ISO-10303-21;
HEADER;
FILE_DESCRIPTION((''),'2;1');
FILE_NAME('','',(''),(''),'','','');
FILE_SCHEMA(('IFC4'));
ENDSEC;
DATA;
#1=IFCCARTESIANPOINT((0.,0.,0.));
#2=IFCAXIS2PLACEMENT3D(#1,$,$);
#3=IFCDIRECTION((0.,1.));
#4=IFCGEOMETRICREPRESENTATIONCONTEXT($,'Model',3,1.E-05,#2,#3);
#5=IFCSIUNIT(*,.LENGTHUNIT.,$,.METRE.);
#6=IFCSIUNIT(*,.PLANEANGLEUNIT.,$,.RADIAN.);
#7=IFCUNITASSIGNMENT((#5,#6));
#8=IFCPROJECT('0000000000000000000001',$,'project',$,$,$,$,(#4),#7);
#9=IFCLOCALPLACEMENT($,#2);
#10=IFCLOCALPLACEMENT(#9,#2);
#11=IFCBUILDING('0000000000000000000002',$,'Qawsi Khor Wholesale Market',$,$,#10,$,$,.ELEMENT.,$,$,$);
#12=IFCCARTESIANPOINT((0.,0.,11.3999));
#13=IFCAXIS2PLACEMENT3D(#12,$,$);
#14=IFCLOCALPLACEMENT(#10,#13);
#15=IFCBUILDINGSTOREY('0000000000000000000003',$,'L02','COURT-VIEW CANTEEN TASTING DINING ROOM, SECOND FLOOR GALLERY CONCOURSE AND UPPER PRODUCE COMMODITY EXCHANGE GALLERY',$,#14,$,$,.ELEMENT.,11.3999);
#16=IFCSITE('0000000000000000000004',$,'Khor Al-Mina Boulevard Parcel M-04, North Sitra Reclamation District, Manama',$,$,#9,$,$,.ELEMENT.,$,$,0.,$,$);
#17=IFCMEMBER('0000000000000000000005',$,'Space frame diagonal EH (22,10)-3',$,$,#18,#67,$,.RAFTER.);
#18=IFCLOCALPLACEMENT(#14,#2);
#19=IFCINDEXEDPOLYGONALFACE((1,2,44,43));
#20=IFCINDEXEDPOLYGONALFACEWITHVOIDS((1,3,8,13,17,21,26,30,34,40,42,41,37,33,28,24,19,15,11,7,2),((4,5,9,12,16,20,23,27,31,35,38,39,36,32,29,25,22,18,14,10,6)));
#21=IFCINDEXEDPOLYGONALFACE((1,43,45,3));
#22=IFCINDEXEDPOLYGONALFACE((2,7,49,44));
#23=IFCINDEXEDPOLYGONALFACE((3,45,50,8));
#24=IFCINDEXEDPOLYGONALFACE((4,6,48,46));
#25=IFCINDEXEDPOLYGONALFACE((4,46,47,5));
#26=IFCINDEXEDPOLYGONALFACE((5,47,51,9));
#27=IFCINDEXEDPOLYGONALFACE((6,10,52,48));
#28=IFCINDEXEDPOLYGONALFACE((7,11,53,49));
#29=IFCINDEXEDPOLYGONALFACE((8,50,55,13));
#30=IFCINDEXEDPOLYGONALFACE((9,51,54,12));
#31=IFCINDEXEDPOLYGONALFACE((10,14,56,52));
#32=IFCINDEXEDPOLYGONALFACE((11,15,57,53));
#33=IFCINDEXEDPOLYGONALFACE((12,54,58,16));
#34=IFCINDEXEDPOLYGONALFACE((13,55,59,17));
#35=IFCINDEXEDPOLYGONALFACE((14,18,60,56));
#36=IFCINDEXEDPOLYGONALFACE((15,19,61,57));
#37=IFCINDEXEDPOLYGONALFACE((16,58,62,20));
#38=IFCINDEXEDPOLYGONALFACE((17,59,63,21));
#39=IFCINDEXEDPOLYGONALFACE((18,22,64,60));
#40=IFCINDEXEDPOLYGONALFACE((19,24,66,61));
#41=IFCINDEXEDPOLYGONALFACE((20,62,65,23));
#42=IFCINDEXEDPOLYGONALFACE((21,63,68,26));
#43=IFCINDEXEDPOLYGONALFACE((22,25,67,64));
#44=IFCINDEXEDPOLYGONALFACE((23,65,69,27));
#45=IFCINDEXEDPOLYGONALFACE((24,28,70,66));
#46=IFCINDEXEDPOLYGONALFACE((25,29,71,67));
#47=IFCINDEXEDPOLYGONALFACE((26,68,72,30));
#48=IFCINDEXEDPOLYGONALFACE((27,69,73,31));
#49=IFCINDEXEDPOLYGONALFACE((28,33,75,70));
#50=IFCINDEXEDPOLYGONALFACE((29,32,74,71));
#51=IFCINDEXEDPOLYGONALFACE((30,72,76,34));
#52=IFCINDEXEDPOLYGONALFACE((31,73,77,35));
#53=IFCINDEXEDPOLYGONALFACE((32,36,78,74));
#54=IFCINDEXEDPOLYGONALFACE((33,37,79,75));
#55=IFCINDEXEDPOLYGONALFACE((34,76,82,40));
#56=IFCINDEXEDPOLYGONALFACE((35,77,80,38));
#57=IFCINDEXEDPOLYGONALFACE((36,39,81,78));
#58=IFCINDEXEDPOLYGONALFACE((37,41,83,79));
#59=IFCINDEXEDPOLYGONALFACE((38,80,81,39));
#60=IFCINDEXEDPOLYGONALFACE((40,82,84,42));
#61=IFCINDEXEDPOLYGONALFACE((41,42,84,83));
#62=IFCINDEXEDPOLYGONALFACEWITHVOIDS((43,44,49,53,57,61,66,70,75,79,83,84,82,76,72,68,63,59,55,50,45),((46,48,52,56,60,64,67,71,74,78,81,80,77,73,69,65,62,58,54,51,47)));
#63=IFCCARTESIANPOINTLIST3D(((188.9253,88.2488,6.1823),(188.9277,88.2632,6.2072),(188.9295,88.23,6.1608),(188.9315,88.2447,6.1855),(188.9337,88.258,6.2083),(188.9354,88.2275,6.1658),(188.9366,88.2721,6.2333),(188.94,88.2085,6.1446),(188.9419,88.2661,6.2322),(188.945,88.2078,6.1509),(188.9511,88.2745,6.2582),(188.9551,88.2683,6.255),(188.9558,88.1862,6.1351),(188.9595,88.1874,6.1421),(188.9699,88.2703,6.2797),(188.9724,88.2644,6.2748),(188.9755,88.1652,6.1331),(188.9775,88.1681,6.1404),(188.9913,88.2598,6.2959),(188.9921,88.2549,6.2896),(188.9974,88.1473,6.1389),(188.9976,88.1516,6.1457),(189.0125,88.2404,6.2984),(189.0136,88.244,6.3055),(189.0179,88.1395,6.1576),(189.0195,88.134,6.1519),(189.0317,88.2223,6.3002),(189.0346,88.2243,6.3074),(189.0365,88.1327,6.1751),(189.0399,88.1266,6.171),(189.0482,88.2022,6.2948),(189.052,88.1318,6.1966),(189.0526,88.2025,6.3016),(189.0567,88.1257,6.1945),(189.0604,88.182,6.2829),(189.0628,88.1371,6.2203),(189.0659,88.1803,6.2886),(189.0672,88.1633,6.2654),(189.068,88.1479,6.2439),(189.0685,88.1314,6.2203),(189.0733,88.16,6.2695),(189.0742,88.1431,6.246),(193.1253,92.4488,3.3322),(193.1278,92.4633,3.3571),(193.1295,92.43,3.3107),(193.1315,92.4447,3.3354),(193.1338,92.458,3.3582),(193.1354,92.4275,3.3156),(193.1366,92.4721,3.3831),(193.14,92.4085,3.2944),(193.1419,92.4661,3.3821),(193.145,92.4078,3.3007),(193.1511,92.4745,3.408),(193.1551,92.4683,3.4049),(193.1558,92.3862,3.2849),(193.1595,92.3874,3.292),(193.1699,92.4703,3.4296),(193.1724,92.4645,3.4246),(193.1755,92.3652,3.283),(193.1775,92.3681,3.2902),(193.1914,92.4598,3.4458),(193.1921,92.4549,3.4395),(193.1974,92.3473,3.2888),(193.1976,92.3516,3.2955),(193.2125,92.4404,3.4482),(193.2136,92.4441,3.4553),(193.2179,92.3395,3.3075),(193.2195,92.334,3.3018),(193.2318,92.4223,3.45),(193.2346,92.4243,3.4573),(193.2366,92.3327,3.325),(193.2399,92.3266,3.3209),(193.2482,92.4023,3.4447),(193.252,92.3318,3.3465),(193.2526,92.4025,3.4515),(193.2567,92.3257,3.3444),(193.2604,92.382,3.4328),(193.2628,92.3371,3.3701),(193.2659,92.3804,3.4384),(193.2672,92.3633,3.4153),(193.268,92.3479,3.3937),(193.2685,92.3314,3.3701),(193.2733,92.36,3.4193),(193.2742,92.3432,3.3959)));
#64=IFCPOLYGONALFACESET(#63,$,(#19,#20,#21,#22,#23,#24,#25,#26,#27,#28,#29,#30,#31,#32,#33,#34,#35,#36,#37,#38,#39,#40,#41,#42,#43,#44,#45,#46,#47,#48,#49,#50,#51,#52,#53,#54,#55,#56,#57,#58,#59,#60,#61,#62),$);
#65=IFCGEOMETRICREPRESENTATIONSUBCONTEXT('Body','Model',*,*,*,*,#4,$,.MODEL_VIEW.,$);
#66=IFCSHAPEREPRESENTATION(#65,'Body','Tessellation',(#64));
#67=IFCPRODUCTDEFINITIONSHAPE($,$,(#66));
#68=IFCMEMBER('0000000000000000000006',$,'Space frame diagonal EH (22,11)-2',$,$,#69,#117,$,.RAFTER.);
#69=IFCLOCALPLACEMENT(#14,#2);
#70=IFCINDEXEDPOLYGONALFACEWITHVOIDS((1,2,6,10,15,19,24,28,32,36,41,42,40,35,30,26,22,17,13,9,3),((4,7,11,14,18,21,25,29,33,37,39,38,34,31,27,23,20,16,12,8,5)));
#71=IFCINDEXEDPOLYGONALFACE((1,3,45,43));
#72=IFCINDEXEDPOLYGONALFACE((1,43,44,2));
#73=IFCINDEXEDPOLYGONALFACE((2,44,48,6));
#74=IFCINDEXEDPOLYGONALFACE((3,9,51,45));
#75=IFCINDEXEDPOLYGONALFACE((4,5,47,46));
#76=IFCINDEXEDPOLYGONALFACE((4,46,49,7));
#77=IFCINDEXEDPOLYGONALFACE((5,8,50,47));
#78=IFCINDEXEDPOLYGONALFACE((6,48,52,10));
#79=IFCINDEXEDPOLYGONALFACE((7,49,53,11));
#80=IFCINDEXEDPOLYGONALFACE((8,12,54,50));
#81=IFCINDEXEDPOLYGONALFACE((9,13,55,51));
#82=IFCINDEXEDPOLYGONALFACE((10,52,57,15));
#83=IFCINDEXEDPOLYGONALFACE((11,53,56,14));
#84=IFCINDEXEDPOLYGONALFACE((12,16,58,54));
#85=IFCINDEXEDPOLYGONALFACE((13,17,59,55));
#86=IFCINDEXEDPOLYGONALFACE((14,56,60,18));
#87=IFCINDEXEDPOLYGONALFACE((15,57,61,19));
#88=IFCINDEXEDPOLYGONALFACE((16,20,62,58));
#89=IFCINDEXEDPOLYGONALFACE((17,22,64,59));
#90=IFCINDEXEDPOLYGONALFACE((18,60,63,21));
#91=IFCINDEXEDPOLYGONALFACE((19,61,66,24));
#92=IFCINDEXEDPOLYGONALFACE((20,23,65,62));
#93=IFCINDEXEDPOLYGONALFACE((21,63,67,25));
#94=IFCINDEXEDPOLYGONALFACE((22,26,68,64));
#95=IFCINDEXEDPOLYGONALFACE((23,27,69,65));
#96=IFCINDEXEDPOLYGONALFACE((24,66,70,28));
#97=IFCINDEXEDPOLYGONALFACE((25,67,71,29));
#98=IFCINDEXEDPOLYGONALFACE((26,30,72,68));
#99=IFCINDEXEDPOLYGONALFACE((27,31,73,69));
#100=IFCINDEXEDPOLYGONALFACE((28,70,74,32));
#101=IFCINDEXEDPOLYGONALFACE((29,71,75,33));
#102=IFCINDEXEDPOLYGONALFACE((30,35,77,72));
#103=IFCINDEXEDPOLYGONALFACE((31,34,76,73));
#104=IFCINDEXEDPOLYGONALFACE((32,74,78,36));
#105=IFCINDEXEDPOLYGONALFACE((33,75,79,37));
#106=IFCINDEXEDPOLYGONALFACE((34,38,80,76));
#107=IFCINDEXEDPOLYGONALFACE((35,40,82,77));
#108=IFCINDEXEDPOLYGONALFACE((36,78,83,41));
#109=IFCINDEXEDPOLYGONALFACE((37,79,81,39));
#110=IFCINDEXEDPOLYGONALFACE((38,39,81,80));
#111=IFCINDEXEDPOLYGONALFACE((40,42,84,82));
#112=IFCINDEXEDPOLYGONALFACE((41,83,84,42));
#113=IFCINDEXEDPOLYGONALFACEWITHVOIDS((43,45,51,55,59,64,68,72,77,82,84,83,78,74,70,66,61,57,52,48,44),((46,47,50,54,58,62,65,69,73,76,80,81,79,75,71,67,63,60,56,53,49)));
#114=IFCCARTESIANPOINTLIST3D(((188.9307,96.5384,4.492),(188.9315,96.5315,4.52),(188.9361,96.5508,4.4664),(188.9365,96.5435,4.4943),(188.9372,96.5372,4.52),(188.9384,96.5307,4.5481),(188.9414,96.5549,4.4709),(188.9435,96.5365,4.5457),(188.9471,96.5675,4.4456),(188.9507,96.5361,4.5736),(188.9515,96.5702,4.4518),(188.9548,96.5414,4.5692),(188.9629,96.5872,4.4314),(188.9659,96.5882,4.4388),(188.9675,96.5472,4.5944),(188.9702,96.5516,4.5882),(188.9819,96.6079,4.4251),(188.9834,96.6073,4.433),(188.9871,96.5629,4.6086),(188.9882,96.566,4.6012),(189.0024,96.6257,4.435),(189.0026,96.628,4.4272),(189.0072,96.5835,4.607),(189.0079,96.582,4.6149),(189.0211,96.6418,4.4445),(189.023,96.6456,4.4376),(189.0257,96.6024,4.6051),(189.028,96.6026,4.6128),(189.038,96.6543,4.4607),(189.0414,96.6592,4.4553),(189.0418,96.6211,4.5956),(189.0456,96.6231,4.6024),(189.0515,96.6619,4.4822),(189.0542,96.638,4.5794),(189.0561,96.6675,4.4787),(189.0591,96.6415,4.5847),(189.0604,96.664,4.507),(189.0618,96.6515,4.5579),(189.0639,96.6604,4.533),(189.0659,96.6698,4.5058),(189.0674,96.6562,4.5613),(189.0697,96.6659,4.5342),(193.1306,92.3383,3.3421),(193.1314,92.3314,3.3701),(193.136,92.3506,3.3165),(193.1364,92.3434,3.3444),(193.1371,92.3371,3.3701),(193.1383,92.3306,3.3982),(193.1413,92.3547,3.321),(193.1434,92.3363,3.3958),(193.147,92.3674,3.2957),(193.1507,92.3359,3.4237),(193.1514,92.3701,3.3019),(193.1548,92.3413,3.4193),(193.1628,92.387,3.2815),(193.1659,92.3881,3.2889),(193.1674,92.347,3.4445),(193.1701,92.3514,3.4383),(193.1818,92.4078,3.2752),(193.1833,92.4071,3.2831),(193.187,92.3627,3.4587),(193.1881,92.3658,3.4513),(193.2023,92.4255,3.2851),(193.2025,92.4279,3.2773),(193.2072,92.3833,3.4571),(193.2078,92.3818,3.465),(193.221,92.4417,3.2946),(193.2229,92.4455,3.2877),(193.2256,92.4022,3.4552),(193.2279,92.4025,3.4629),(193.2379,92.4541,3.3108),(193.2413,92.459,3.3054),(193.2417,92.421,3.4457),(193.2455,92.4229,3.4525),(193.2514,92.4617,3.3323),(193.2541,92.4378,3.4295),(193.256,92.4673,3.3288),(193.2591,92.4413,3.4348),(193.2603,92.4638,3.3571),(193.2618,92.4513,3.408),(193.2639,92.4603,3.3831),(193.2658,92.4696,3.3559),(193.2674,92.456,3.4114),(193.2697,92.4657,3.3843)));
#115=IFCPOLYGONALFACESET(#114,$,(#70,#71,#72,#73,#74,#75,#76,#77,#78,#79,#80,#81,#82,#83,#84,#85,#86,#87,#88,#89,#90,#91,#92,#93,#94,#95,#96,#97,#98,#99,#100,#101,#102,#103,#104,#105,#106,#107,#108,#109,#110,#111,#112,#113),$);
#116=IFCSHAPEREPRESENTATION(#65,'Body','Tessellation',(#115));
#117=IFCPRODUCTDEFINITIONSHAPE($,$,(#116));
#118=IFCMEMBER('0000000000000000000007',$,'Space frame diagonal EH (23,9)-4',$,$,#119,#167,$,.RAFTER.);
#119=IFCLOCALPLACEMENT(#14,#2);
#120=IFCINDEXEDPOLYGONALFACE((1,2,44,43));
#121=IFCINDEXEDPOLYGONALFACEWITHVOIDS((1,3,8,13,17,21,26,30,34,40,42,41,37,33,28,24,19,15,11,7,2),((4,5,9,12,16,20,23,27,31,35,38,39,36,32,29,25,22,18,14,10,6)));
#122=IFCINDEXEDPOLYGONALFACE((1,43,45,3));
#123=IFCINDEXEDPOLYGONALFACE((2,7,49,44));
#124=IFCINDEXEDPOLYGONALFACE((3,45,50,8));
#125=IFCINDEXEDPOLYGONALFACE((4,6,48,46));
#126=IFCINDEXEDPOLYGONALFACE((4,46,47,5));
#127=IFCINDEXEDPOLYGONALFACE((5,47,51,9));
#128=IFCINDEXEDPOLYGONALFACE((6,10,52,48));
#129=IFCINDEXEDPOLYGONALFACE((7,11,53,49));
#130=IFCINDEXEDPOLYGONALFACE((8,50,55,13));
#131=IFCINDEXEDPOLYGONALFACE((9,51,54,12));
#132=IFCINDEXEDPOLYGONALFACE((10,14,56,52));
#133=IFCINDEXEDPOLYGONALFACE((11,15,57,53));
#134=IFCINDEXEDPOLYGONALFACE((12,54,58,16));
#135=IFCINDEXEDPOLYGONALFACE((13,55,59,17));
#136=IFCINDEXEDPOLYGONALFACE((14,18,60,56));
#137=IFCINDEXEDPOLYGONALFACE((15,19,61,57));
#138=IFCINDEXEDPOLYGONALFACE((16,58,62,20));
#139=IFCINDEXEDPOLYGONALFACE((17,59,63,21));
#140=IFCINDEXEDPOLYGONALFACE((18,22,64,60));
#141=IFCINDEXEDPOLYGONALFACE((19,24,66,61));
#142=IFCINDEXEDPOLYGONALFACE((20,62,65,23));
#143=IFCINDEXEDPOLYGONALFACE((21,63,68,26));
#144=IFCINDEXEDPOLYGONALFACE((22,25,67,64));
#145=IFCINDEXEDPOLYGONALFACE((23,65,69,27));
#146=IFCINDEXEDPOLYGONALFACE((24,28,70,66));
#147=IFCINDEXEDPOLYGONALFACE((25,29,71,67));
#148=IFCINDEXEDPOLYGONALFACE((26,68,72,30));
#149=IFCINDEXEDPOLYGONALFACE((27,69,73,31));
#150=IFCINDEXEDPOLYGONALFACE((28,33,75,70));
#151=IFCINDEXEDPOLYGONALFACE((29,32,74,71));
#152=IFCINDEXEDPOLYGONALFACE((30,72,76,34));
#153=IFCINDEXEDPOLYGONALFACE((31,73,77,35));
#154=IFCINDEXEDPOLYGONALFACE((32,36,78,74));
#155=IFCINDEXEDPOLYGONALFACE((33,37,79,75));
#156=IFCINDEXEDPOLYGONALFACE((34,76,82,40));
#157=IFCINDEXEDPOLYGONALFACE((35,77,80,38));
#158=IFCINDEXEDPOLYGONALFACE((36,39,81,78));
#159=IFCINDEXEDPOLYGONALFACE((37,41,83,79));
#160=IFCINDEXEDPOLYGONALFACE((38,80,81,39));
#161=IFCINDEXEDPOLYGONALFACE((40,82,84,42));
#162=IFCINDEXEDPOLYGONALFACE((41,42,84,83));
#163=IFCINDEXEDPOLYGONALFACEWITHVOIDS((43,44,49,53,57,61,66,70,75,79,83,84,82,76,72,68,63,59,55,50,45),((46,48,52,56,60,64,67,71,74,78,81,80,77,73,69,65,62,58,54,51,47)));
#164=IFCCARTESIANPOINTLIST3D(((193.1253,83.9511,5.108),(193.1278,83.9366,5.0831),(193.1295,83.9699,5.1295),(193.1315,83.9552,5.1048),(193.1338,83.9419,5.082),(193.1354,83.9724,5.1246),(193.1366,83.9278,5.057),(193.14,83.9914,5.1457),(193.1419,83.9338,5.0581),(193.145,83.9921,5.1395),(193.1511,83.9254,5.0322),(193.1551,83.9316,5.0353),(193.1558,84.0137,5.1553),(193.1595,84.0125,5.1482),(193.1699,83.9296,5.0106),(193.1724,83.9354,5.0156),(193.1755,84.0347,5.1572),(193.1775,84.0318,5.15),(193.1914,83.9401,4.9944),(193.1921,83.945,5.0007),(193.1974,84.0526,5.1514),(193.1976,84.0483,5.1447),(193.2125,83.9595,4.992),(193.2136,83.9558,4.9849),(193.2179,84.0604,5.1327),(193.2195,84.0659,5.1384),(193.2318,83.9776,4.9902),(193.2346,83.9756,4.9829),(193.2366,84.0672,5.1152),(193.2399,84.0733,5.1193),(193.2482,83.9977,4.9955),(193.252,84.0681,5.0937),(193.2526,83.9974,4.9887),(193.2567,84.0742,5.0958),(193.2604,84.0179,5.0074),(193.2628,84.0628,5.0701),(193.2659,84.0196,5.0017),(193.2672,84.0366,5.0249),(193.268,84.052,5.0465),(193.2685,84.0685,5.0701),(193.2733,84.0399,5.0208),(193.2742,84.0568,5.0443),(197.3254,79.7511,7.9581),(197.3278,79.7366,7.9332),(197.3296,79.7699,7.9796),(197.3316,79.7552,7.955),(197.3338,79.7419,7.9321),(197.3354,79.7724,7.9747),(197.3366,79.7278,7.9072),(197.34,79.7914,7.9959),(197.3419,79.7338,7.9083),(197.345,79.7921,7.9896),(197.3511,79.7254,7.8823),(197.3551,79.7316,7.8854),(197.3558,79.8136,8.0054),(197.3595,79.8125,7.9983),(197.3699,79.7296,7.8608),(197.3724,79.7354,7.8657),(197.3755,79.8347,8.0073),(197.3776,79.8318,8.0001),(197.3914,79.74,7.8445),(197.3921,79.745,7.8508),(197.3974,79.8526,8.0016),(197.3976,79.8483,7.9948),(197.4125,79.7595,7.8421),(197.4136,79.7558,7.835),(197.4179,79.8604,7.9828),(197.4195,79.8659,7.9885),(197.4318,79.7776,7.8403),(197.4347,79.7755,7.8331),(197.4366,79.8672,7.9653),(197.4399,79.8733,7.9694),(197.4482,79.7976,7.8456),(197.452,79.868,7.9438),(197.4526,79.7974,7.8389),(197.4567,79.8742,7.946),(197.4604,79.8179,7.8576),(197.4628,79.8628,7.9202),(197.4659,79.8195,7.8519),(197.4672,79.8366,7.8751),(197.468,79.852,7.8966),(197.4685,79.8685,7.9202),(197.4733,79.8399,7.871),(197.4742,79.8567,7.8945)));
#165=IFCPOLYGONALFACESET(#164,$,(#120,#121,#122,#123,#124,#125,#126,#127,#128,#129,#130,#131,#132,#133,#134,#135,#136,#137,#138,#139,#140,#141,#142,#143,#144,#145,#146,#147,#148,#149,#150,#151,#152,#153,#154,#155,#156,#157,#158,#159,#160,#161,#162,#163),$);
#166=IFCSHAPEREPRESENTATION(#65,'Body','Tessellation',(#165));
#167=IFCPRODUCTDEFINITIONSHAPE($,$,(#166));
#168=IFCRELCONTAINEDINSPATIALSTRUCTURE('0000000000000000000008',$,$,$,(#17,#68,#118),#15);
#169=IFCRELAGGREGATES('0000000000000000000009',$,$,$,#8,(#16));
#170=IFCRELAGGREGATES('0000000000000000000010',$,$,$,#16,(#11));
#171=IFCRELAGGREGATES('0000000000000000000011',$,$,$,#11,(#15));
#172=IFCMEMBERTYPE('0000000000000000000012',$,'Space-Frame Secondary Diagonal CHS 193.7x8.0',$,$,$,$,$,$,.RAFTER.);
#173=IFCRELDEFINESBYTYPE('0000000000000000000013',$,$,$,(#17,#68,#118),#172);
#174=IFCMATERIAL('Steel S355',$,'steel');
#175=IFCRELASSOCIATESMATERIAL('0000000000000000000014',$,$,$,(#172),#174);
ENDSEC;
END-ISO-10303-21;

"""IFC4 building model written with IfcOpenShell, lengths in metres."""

from ifc_helpers import new_model, si_unit, direction, frame, origin, origin_2d, place, context, subcontext, project, spatial, hollow_circle, extrude, material, material_profile, profile_set, type_object, element, save


model = new_model("IFC4")

# Units and contexts
model_context = context("Model", 3, precision=1e-05, world=origin(), true_north=direction((0.0, 1.0)))
body_context = subcontext(model_context, "Body", "Model", "MODEL_VIEW")
ifc_project = project(units=[si_unit("LENGTHUNIT", "METRE"), si_unit("PLANEANGLEUNIT", "RADIAN")], contexts=[model_context])

# Site, building, storey
site_placement = place(None, origin())
site = spatial("IfcSite", under=ifc_project, at=site_placement, Name="Khor Al-Mina Boulevard Parcel M-04, North Sitra Reclamation District, Manama", CompositionType="ELEMENT", RefElevation=0.0)
building_placement = place(site_placement, origin())
building = spatial("IfcBuilding", under=site, at=building_placement, Name="Qawsi Khor Wholesale Market", CompositionType="ELEMENT")
storey_placement = place(building_placement, frame((0.0, 0.0, 11.3999)))
storey = spatial("IfcBuildingStorey", under=building, at=storey_placement, Name="L02", Description="COURT-VIEW CANTEEN TASTING DINING ROOM, SECOND FLOOR GALLERY CONCOURSE AND UPPER PRODUCE COMMODITY EXCHANGE GALLERY", CompositionType="ELEMENT", Elevation=11.3999)

# Members
ifc_material_1 = material(Name="Steel S355", Category="steel")
ifc_material_profile_1 = material_profile(ifc_material_1, hollow_circle(Radius=0.0969, WallThickness=0.0081, at=origin_2d()), Name="CHS 193.7x8.0")
ifc_profile_set_1 = profile_set([ifc_material_profile_1], Name="Steel S355")
member_type_1 = type_object("IfcMemberType", Name="Space-Frame Secondary Diagonal CHS 193.7x8.0", PredefinedType="RAFTER", material=ifc_profile_set_1)
member_1_placement = place(storey_placement, frame((193.2, 92.3999, 3.3701), z_axis=(-0.637512, -0.637512, 0.432617), x_axis=(0.707107, -0.707107, 0.0)))
element("IfcMember", 1, at=member_1_placement, inside=storey, type_object=member_type_1, Name="Space frame diagonal EH (22,10)-3", PredefinedType="RAFTER", context=body_context, shape_type="SweptSolid", body=[
    extrude(hollow_circle(Radius=0.0969, WallThickness=0.0081, at=origin_2d()), origin(), (0.0, 0.0, 1.0), 6.5881),
])
member_2_placement = place(storey_placement, frame((193.2, 92.3999, 3.3701), z_axis=(-0.694197, 0.694238, 0.190064), x_axis=(-0.707127, -0.707086, 0.0)))
element("IfcMember", 2, at=member_2_placement, inside=storey, type_object=member_type_1, Name="Space frame diagonal EH (22,11)-2", PredefinedType="RAFTER", context=body_context, shape_type="SweptSolid", body=[
    extrude(hollow_circle(Radius=0.0969, WallThickness=0.0081, at=origin_2d()), origin(), (0.0, 0.0, 1.0), 6.05),
])
member_3_placement = place(storey_placement, frame((193.2, 84.0, 5.0701), z_axis=(0.637512, -0.637512, 0.432617), x_axis=(0.707107, 0.707107, 0.0)))
element("IfcMember", 3, at=member_3_placement, inside=storey, type_object=member_type_1, Name="Space frame diagonal EH (23,9)-4", PredefinedType="RAFTER", context=body_context, shape_type="SweptSolid", body=[
    extrude(hollow_circle(Radius=0.0969, WallThickness=0.0081, at=origin_2d()), origin(), (0.0, 0.0, 1.0), 6.5881),
])

save(model, "model.ifc")
